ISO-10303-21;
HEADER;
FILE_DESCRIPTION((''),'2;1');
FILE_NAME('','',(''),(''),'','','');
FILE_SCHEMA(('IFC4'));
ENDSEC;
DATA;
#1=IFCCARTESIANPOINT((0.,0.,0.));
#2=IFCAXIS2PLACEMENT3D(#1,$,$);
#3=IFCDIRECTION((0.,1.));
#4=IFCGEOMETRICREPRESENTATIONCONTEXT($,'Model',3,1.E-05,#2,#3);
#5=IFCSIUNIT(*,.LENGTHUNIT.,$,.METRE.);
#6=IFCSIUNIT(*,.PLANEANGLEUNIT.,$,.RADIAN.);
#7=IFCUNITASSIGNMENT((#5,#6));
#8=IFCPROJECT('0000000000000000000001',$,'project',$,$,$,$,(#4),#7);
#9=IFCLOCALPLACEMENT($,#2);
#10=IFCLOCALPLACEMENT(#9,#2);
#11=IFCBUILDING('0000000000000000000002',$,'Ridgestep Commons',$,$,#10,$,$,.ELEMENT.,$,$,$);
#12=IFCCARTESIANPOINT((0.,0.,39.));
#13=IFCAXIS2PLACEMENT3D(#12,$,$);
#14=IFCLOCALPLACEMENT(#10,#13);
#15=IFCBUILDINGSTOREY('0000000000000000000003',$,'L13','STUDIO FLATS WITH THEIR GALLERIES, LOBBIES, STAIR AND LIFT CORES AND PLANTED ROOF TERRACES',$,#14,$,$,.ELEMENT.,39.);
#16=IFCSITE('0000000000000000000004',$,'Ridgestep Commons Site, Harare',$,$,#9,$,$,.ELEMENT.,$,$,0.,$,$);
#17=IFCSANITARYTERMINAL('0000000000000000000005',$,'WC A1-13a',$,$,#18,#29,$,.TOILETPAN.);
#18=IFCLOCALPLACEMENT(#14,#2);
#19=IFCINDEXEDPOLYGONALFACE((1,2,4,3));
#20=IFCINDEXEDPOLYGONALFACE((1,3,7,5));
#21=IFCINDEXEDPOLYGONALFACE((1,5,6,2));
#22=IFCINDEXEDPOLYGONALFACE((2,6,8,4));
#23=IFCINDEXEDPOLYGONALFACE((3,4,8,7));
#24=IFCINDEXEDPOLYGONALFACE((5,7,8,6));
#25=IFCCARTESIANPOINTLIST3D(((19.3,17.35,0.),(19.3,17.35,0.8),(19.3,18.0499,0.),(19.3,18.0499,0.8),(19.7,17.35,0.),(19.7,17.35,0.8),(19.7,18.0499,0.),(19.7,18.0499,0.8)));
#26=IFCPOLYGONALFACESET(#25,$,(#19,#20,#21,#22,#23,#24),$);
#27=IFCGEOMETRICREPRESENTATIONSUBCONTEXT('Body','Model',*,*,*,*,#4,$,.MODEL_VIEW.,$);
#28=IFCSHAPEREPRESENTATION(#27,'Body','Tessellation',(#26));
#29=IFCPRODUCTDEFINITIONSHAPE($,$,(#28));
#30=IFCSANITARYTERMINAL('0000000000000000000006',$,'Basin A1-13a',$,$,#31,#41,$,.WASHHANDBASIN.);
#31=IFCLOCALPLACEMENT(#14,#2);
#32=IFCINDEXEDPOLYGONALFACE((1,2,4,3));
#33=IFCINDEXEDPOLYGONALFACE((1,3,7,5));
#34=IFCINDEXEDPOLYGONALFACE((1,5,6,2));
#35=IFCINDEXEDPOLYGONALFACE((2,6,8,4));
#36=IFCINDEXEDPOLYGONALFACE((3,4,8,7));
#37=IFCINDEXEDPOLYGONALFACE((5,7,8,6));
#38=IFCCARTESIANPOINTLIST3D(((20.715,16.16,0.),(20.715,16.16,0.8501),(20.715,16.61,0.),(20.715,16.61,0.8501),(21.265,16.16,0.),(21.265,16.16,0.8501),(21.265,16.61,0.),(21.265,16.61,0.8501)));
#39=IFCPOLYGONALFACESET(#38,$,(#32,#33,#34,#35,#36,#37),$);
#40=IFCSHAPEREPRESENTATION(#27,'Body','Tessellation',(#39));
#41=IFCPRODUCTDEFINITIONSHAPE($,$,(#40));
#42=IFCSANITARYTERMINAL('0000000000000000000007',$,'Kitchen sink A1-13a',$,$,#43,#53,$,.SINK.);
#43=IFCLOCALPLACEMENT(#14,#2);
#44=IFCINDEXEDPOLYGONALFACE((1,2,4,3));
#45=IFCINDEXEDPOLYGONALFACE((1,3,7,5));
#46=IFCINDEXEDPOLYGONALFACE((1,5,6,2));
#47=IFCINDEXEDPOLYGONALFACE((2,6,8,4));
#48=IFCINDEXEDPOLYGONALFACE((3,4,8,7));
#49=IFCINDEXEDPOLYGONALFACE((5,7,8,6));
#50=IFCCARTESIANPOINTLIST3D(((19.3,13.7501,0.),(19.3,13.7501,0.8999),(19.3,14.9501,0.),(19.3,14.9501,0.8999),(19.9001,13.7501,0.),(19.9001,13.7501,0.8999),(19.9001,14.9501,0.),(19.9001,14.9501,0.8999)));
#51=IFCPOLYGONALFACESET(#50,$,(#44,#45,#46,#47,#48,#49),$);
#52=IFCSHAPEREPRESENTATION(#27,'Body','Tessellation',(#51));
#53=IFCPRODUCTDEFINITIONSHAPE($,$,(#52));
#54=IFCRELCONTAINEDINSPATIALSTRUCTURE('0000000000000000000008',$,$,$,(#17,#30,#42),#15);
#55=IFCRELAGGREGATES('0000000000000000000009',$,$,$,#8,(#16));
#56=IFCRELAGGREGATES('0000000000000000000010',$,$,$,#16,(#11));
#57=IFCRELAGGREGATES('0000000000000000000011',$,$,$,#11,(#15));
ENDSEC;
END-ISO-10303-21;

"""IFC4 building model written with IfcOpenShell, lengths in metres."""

from ifc_helpers import new_model, si_unit, direction, frame, origin, origin_2d, place, context, subcontext, project, spatial, rectangle, extrude, element, save


model = new_model("IFC4")

# Units and contexts
model_context = context("Model", 3, precision=1e-05, world=origin(), true_north=direction((0.0, 1.0)))
body_context = subcontext(model_context, "Body", "Model", "MODEL_VIEW")
ifc_project = project(units=[si_unit("LENGTHUNIT", "METRE"), si_unit("PLANEANGLEUNIT", "RADIAN")], contexts=[model_context])

# Site, building, storey
site_placement = place(None, origin())
site = spatial("IfcSite", under=ifc_project, at=site_placement, Name="Ridgestep Commons Site, Harare", CompositionType="ELEMENT", RefElevation=0.0)
building_placement = place(site_placement, origin())
building = spatial("IfcBuilding", under=site, at=building_placement, Name="Ridgestep Commons", CompositionType="ELEMENT")
storey_placement = place(building_placement, frame((0.0, 0.0, 39.0)))
storey = spatial("IfcBuildingStorey", under=building, at=storey_placement, Name="L13", Description="STUDIO FLATS WITH THEIR GALLERIES, LOBBIES, STAIR AND LIFT CORES AND PLANTED ROOF TERRACES", CompositionType="ELEMENT", Elevation=39.0)

# Sanitary terminals
sanitary_terminal_1_placement = place(storey_placement, frame((19.5, 17.7, 0.0), z_axis=(0.0, 0.0, 1.0), x_axis=(1.0, 0.0, 0.0)))
element("IfcSanitaryTerminal", 1, at=sanitary_terminal_1_placement, inside=storey, Name="WC A1-13a", PredefinedType="TOILETPAN", context=body_context, shape_type="SweptSolid", body=[
    extrude(rectangle(XDim=0.3999, YDim=0.7, at=origin_2d()), origin(), (0.0, 0.0, 1.0), 0.8),
])
sanitary_terminal_2_placement = place(storey_placement, frame((20.99, 16.385, 0.0), z_axis=(0.0, 0.0, 1.0), x_axis=(1.0, 0.0, 0.0)))
element("IfcSanitaryTerminal", 2, at=sanitary_terminal_2_placement, inside=storey, Name="Basin A1-13a", PredefinedType="WASHHANDBASIN", context=body_context, shape_type="SweptSolid", body=[
    extrude(rectangle(XDim=0.55, YDim=0.45, at=origin_2d()), origin(), (0.0, 0.0, 1.0), 0.8501),
])
sanitary_terminal_3_placement = place(storey_placement, frame((19.6001, 14.3501, 0.0), z_axis=(0.0, 0.0, 1.0), x_axis=(1.0, 0.0, 0.0)))
element("IfcSanitaryTerminal", 3, at=sanitary_terminal_3_placement, inside=storey, Name="Kitchen sink A1-13a", PredefinedType="SINK", context=body_context, shape_type="SweptSolid", body=[
    extrude(rectangle(XDim=0.6001, YDim=1.2, at=origin_2d()), origin(), (0.0, 0.0, 1.0), 0.8999),
])

save(model, "model.ifc")
